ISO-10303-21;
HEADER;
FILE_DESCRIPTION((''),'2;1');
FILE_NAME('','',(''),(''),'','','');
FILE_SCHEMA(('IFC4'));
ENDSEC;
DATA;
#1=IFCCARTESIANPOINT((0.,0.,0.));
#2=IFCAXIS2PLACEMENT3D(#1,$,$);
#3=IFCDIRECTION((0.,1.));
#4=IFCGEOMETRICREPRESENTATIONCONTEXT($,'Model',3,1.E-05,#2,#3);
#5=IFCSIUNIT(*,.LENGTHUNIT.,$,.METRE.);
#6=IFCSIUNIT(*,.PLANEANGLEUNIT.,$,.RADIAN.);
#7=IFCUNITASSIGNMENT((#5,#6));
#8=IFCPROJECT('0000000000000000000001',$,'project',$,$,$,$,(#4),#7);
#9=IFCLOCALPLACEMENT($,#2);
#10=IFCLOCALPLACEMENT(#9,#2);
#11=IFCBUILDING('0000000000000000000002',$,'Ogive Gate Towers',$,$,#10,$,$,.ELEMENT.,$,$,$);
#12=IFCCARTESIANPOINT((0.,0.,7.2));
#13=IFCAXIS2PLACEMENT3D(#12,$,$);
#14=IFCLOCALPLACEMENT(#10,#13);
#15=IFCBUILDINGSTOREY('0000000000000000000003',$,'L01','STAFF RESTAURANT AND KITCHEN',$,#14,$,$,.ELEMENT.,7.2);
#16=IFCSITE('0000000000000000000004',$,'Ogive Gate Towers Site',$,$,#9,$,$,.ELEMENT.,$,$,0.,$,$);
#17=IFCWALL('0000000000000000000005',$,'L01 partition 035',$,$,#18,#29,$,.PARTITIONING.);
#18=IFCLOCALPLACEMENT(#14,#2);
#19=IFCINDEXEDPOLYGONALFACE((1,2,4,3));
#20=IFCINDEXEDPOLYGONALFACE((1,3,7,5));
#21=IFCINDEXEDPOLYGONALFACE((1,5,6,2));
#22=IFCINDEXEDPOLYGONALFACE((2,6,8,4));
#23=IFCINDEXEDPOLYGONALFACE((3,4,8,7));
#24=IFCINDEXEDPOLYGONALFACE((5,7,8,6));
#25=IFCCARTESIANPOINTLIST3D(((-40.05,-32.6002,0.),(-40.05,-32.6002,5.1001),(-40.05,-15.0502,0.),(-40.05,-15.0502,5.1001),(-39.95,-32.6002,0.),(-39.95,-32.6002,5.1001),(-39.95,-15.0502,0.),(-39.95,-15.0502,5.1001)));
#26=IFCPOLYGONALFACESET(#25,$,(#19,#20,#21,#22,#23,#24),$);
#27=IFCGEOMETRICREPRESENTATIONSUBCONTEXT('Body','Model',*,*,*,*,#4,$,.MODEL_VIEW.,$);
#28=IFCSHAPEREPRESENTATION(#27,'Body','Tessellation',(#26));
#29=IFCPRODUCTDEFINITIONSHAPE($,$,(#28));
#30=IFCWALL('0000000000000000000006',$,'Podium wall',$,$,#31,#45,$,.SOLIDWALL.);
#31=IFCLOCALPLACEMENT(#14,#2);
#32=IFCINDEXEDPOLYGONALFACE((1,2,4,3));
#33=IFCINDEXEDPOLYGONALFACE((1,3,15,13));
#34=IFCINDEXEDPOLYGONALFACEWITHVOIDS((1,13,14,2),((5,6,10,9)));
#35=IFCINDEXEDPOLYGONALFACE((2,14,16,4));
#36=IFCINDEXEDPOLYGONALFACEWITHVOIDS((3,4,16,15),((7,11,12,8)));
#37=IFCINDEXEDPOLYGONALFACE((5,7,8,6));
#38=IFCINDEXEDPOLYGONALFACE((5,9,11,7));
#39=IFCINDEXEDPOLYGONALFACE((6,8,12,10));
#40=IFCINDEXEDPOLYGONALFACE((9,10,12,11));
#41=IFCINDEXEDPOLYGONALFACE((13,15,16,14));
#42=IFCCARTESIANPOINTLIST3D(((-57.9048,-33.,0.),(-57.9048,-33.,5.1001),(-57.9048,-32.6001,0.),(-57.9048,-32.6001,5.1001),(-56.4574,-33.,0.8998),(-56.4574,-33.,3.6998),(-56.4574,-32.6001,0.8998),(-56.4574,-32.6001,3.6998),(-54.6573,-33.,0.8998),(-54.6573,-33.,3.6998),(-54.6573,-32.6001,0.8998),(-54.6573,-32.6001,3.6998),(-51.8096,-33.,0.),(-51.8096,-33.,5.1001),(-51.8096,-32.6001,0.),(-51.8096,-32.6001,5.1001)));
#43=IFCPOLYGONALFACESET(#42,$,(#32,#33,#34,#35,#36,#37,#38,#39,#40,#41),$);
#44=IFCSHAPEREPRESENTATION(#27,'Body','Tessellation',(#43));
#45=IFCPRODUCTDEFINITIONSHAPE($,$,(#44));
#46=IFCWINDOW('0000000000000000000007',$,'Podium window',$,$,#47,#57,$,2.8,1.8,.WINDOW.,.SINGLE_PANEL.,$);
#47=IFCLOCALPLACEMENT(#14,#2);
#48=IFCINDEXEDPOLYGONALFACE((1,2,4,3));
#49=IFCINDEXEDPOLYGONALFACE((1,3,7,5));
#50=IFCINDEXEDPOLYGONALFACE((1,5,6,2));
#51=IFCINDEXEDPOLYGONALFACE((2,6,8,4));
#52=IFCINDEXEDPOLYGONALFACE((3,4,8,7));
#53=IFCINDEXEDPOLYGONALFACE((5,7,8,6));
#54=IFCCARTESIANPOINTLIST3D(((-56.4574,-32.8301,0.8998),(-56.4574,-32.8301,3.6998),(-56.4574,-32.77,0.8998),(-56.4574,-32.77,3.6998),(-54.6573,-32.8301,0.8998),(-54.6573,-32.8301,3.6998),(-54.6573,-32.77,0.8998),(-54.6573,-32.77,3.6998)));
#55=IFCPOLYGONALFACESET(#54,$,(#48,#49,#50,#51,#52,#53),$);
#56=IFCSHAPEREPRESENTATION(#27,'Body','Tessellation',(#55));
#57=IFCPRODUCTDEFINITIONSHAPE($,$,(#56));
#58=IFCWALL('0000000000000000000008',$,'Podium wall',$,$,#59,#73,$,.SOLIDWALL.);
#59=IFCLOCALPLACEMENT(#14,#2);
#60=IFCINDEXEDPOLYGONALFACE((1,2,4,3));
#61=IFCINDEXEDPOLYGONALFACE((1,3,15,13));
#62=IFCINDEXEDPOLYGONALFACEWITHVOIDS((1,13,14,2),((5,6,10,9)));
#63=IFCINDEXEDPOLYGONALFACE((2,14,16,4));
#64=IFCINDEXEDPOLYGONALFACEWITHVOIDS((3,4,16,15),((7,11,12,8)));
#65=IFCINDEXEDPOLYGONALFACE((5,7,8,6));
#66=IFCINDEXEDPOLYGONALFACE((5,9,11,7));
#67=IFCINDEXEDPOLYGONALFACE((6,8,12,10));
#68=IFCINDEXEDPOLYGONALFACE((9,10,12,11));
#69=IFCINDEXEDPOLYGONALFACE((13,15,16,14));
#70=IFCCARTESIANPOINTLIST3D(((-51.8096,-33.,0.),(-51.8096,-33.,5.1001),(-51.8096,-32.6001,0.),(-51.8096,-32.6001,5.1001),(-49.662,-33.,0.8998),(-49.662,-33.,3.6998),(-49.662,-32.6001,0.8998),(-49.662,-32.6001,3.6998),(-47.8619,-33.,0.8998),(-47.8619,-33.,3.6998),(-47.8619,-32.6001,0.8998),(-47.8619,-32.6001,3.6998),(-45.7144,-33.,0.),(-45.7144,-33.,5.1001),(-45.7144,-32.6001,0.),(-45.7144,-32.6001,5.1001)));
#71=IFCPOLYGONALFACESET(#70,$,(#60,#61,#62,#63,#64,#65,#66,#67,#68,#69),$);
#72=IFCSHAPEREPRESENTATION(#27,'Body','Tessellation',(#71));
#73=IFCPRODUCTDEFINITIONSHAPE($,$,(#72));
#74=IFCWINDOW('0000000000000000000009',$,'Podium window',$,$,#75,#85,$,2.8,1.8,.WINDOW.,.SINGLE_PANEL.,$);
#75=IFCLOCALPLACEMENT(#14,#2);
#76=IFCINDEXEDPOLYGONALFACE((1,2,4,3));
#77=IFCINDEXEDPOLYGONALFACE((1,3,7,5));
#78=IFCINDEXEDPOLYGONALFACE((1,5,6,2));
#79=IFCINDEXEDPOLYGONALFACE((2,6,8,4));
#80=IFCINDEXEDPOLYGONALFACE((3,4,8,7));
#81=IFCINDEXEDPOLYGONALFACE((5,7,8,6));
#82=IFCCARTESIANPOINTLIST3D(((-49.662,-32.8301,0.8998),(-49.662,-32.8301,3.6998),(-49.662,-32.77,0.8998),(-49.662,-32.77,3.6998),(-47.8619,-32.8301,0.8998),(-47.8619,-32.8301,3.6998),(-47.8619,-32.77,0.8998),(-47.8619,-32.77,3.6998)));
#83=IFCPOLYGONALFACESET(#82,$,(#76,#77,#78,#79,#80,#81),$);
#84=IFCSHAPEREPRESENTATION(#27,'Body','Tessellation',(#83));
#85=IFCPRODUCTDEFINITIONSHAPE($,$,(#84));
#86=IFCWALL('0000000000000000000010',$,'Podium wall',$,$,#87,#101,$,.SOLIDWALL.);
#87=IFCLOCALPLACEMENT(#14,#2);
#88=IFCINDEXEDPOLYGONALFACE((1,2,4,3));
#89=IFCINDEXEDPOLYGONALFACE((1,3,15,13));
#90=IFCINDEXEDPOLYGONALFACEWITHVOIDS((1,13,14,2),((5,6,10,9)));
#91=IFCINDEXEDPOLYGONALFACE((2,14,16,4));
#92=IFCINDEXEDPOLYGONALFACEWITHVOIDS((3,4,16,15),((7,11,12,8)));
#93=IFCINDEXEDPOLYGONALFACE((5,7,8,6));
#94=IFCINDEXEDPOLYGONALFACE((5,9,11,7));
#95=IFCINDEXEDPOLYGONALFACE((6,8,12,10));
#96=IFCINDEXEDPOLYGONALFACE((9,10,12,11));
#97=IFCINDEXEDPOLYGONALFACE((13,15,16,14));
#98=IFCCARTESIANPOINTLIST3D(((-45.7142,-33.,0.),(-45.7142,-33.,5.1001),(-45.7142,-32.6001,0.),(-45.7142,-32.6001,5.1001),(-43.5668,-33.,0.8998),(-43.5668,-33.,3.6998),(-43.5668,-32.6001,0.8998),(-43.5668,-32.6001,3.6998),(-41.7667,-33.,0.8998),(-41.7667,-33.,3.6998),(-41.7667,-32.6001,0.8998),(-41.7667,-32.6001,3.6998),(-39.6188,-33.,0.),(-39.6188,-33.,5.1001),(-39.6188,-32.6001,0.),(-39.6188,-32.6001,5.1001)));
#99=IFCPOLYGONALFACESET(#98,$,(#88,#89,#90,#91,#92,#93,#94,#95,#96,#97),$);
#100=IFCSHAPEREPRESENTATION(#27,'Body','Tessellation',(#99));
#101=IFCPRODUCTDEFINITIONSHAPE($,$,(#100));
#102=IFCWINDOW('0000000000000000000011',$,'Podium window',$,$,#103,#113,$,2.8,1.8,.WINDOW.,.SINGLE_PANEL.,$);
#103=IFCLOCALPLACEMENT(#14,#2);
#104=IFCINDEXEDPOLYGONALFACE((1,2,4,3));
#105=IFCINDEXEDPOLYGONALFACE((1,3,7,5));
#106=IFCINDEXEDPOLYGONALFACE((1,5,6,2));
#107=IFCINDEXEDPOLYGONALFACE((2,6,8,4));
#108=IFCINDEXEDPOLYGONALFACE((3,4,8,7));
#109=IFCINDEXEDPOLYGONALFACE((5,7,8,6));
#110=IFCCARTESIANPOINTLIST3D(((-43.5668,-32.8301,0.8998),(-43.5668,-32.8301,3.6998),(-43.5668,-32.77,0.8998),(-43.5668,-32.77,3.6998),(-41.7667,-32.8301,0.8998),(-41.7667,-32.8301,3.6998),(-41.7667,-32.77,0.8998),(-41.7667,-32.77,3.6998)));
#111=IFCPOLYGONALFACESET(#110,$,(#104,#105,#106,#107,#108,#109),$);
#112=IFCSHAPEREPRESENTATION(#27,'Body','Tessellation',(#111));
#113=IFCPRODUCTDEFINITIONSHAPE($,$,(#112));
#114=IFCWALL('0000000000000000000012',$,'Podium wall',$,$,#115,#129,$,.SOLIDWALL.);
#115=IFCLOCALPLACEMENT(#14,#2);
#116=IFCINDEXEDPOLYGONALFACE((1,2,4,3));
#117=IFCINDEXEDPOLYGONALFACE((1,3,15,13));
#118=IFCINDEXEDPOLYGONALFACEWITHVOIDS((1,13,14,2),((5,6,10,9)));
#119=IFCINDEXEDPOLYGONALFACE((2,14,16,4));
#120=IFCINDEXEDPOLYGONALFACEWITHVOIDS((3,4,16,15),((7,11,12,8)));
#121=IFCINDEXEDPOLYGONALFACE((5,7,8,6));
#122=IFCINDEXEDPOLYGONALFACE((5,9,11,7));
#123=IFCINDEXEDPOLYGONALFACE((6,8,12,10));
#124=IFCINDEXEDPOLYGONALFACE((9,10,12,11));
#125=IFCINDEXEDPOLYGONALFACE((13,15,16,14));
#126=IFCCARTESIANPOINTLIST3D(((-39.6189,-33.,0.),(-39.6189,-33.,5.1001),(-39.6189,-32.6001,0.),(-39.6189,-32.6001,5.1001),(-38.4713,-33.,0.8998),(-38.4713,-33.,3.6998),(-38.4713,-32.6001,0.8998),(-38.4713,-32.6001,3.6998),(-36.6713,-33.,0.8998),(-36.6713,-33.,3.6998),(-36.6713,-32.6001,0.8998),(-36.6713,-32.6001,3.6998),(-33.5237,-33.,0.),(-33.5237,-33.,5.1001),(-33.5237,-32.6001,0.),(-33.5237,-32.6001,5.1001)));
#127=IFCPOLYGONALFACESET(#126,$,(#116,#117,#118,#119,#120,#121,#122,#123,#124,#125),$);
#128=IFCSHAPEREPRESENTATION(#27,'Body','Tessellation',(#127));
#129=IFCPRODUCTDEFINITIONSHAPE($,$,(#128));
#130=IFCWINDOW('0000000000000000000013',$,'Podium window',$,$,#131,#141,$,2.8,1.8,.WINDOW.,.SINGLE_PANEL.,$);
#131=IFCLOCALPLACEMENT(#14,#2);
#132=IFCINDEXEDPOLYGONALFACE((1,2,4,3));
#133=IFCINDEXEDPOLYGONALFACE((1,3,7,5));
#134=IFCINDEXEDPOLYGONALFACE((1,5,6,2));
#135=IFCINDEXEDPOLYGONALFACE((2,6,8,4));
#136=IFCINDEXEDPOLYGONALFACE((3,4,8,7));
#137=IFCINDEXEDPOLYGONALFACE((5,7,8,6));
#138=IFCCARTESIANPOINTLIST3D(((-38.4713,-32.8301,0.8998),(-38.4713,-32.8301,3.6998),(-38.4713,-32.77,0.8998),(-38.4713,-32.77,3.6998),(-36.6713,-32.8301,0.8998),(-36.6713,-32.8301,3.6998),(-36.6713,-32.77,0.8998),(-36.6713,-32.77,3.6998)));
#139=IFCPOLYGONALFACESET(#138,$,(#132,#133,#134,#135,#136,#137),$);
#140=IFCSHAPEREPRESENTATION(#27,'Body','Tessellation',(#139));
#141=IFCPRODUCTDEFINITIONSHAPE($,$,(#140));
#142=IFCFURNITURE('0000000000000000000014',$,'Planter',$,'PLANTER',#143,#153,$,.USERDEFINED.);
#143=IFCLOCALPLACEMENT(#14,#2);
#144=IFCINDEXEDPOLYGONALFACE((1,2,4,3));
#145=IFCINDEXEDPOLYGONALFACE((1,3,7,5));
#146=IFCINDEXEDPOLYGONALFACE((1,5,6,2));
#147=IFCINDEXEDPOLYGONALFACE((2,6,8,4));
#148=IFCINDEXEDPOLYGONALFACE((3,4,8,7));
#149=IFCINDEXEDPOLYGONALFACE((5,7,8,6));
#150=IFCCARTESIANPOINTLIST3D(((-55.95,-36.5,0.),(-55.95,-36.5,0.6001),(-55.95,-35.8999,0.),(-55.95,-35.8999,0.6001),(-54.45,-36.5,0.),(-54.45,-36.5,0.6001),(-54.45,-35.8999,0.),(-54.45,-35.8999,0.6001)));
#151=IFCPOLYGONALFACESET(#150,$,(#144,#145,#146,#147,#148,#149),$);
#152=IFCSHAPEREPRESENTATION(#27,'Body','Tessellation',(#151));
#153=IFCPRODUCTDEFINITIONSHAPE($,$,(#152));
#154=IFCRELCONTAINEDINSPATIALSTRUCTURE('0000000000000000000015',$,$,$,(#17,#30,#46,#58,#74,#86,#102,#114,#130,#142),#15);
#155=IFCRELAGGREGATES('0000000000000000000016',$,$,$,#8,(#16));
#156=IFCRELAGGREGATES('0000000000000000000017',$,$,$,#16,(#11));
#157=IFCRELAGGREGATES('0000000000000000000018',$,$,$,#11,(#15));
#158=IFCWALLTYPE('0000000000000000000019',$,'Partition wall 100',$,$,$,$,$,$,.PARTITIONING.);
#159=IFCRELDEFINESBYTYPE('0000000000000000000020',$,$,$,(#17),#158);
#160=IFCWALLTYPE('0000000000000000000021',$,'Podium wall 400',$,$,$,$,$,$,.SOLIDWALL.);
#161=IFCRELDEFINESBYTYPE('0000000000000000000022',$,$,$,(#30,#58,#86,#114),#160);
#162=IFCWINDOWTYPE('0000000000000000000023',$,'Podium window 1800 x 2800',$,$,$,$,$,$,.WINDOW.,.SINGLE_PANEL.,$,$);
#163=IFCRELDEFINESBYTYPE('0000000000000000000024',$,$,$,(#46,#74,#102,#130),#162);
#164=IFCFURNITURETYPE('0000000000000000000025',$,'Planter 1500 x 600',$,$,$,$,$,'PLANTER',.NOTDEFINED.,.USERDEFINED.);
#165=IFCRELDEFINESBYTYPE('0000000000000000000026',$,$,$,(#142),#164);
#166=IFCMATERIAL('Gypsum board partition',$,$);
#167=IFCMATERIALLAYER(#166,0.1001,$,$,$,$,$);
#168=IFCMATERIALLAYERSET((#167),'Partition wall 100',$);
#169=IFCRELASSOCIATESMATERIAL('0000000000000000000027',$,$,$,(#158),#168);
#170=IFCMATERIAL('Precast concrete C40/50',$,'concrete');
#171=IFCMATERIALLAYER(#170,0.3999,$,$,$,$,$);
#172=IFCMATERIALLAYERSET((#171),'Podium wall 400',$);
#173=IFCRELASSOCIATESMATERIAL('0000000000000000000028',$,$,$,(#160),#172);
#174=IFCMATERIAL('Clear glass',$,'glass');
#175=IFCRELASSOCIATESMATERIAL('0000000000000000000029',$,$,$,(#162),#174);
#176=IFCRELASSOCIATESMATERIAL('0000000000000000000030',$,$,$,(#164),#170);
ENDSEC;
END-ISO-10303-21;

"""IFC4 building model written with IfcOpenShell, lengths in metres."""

from ifc_helpers import new_model, si_unit, direction, frame, frame_2d, origin, origin_2d, place, context, subcontext, project, spatial, rectangle, extrude, material, layer, layer_set, type_object, element, fill, save


model = new_model("IFC4")

# Units and contexts
model_context = context("Model", 3, precision=1e-05, world=origin(), true_north=direction((0.0, 1.0)))
body_context = subcontext(model_context, "Body", "Model", "MODEL_VIEW")
ifc_project = project(units=[si_unit("LENGTHUNIT", "METRE"), si_unit("PLANEANGLEUNIT", "RADIAN")], contexts=[model_context])

# Site, building, storey
site_placement = place(None, origin())
site = spatial("IfcSite", under=ifc_project, at=site_placement, Name="Ogive Gate Towers Site", CompositionType="ELEMENT", RefElevation=0.0)
building_placement = place(site_placement, origin())
building = spatial("IfcBuilding", under=site, at=building_placement, Name="Ogive Gate Towers", CompositionType="ELEMENT")
storey_placement = place(building_placement, frame((0.0, 0.0, 7.2)))
storey = spatial("IfcBuildingStorey", under=building, at=storey_placement, Name="L01", Description="STAFF RESTAURANT AND KITCHEN", CompositionType="ELEMENT", Elevation=7.2)

# Wall
ifc_material_1 = material(Name="Gypsum board partition")
ifc_layer_1 = layer(ifc_material_1, 0.1001)
ifc_layer_set_1 = layer_set([ifc_layer_1], Name="Partition wall 100")
wall_type_1 = type_object("IfcWallType", Name="Partition wall 100", PredefinedType="PARTITIONING", material=ifc_layer_set_1)
wall_1_placement = place(storey_placement, frame((-40.0, -32.6001, 0.0), z_axis=(0.0, 0.0, 1.0), x_axis=(0.0, 1.0, 0.0)))
element("IfcWall", 1, at=wall_1_placement, inside=storey, type_object=wall_type_1, Name="L01 partition 035", PredefinedType="PARTITIONING", context=body_context, shape_type="SweptSolid", body=[
    extrude(rectangle(XDim=17.55, YDim=0.1001, at=frame_2d((8.7749, 0.0))), origin(), (0.0, 0.0, 1.0), 5.1001),
])

# Walls, openings, windows
ifc_material_2 = material(Name="Precast concrete C40/50", Category="concrete")
ifc_layer_2 = layer(ifc_material_2, 0.3999)
ifc_layer_set_2 = layer_set([ifc_layer_2], Name="Podium wall 400")
wall_type_2 = type_object("IfcWallType", Name="Podium wall 400", PredefinedType="SOLIDWALL", material=ifc_layer_set_2)
wall_2_placement = place(storey_placement, frame((-57.9048, -32.8, 0.0), z_axis=(0.0, 0.0, 1.0), x_axis=(1.0, 0.0, 0.0)))
wall_2 = element("IfcWall", 2, at=wall_2_placement, inside=storey, type_object=wall_type_2, Name="Podium wall", PredefinedType="SOLIDWALL", context=body_context, shape_type="SweptSolid", body=[
    extrude(rectangle(XDim=6.0952, YDim=0.3999, at=frame_2d((3.0476, 0.0))), origin(), (0.0, 0.0, 1.0), 5.1001),
])
opening_1_placement = place(wall_2_placement, frame((1.4475, 0.0, 0.8999)))
opening_1 = element("IfcOpeningElement", 3, at=opening_1_placement, cuts=wall_2, PredefinedType="OPENING", context=body_context, shape_type="SweptSolid", body=[
    extrude(rectangle(XDim=1.8, YDim=2.8, at=frame_2d((0.8999, 1.3999))), frame((0.0, 0.21, 0.0), z_axis=(0.0, -1.0, 0.0), x_axis=(1.0, 0.0, 0.0)), (0.0, 0.0, 1.0), 0.4199),
])
ifc_material_3 = material(Name="Clear glass", Category="glass")
window_type = type_object("IfcWindowType", Name="Podium window 1800 x 2800", PartitioningType="SINGLE_PANEL", PredefinedType="WINDOW", material=ifc_material_3)
window_1_placement = place(opening_1_placement, origin())
window_1 = element("IfcWindow", 4, at=window_1_placement, inside=storey, type_object=window_type, Name="Podium window", OverallHeight=2.8, OverallWidth=1.8, PartitioningType="SINGLE_PANEL", PredefinedType="WINDOW", context=body_context, shape_type="SweptSolid", body=[
    extrude(rectangle(XDim=1.8, YDim=2.8, at=frame_2d((0.8999, 1.3999))), frame((0.0, 0.03, 0.0), z_axis=(0.0, -1.0, 0.0), x_axis=(1.0, 0.0, 0.0)), (0.0, 0.0, 1.0), 0.0601),
])
fill(opening_1, window_1)
wall_3_placement = place(storey_placement, frame((-51.8096, -32.8, 0.0), z_axis=(0.0, 0.0, 1.0), x_axis=(1.0, 0.0, 0.0)))
wall_3 = element("IfcWall", 5, at=wall_3_placement, inside=storey, type_object=wall_type_2, Name="Podium wall", PredefinedType="SOLIDWALL", context=body_context, shape_type="SweptSolid", body=[
    extrude(rectangle(XDim=6.0952, YDim=0.3999, at=frame_2d((3.0476, 0.0))), origin(), (0.0, 0.0, 1.0), 5.1001),
])
opening_2_placement = place(wall_3_placement, frame((2.1477, 0.0, 0.8999)))
opening_2 = element("IfcOpeningElement", 6, at=opening_2_placement, cuts=wall_3, PredefinedType="OPENING", context=body_context, shape_type="SweptSolid", body=[
    extrude(rectangle(XDim=1.8, YDim=2.8, at=frame_2d((0.8999, 1.3999))), frame((0.0, 0.21, 0.0), z_axis=(0.0, -1.0, 0.0), x_axis=(1.0, 0.0, 0.0)), (0.0, 0.0, 1.0), 0.4199),
])
window_2_placement = place(opening_2_placement, origin())
window_2 = element("IfcWindow", 7, at=window_2_placement, inside=storey, type_object=window_type, Name="Podium window", OverallHeight=2.8, OverallWidth=1.8, PartitioningType="SINGLE_PANEL", PredefinedType="WINDOW", context=body_context, shape_type="SweptSolid", body=[
    extrude(rectangle(XDim=1.8, YDim=2.8, at=frame_2d((0.8999, 1.3999))), frame((0.0, 0.03, 0.0), z_axis=(0.0, -1.0, 0.0), x_axis=(1.0, 0.0, 0.0)), (0.0, 0.0, 1.0), 0.0601),
])
fill(opening_2, window_2)
wall_4_placement = place(storey_placement, frame((-45.7144, -32.8, 0.0), z_axis=(0.0, 0.0, 1.0), x_axis=(1.0, 0.0, 0.0)))
wall_4 = element("IfcWall", 8, at=wall_4_placement, inside=storey, type_object=wall_type_2, Name="Podium wall", PredefinedType="SOLIDWALL", context=body_context, shape_type="SweptSolid", body=[
    extrude(rectangle(XDim=6.0955, YDim=0.3999, at=frame_2d((3.0479, 0.0))), origin(), (0.0, 0.0, 1.0), 5.1001),
])
opening_3_placement = place(wall_4_placement, frame((2.1477, 0.0, 0.8999)))
opening_3 = element("IfcOpeningElement", 9, at=opening_3_placement, cuts=wall_4, PredefinedType="OPENING", context=body_context, shape_type="SweptSolid", body=[
    extrude(rectangle(XDim=1.8, YDim=2.8, at=frame_2d((0.8999, 1.3999))), frame((0.0, 0.21, 0.0), z_axis=(0.0, -1.0, 0.0), x_axis=(1.0, 0.0, 0.0)), (0.0, 0.0, 1.0), 0.4199),
])
window_3_placement = place(opening_3_placement, origin())
window_3 = element("IfcWindow", 10, at=window_3_placement, inside=storey, type_object=window_type, Name="Podium window", OverallHeight=2.8, OverallWidth=1.8, PartitioningType="SINGLE_PANEL", PredefinedType="WINDOW", context=body_context, shape_type="SweptSolid", body=[
    extrude(rectangle(XDim=1.8, YDim=2.8, at=frame_2d((0.8999, 1.3999))), frame((0.0, 0.03, 0.0), z_axis=(0.0, -1.0, 0.0), x_axis=(1.0, 0.0, 0.0)), (0.0, 0.0, 1.0), 0.0601),
])
fill(opening_3, window_3)
wall_5_placement = place(storey_placement, frame((-39.6189, -32.8, 0.0), z_axis=(0.0, 0.0, 1.0), x_axis=(1.0, 0.0, 0.0)))
wall_5 = element("IfcWall", 11, at=wall_5_placement, inside=storey, type_object=wall_type_2, Name="Podium wall", PredefinedType="SOLIDWALL", context=body_context, shape_type="SweptSolid", body=[
    extrude(rectangle(XDim=6.0952, YDim=0.3999, at=frame_2d((3.0476, 0.0))), origin(), (0.0, 0.0, 1.0), 5.1001),
])
opening_4_placement = place(wall_5_placement, frame((1.1477, 0.0, 0.8999)))
opening_4 = element("IfcOpeningElement", 12, at=opening_4_placement, cuts=wall_5, PredefinedType="OPENING", context=body_context, shape_type="SweptSolid", body=[
    extrude(rectangle(XDim=1.8, YDim=2.8, at=frame_2d((0.8999, 1.3999))), frame((0.0, 0.21, 0.0), z_axis=(0.0, -1.0, 0.0), x_axis=(1.0, 0.0, 0.0)), (0.0, 0.0, 1.0), 0.4199),
])
window_4_placement = place(opening_4_placement, origin())
window_4 = element("IfcWindow", 13, at=window_4_placement, inside=storey, type_object=window_type, Name="Podium window", OverallHeight=2.8, OverallWidth=1.8, PartitioningType="SINGLE_PANEL", PredefinedType="WINDOW", context=body_context, shape_type="SweptSolid", body=[
    extrude(rectangle(XDim=1.8, YDim=2.8, at=frame_2d((0.8999, 1.3999))), frame((0.0, 0.03, 0.0), z_axis=(0.0, -1.0, 0.0), x_axis=(1.0, 0.0, 0.0)), (0.0, 0.0, 1.0), 0.0601),
])
fill(opening_4, window_4)

# Furniture
furniture_type = type_object("IfcFurnitureType", Name="Planter 1500 x 600", ElementType="PLANTER", AssemblyPlace="NOTDEFINED", PredefinedType="USERDEFINED", material=ifc_material_2)
furniture_placement = place(storey_placement, frame((-55.2, -36.2, 0.0), z_axis=(0.0, 0.0, 1.0), x_axis=(1.0, 0.0, 0.0)))
element("IfcFurniture", 14, at=furniture_placement, inside=storey, type_object=furniture_type, Name="Planter", ObjectType="PLANTER", PredefinedType="USERDEFINED", context=body_context, shape_type="SweptSolid", body=[
    extrude(rectangle(XDim=1.5, YDim=0.6001, at=origin_2d()), origin(), (0.0, 0.0, 1.0), 0.6001),
])

save(model, "model.ifc")
